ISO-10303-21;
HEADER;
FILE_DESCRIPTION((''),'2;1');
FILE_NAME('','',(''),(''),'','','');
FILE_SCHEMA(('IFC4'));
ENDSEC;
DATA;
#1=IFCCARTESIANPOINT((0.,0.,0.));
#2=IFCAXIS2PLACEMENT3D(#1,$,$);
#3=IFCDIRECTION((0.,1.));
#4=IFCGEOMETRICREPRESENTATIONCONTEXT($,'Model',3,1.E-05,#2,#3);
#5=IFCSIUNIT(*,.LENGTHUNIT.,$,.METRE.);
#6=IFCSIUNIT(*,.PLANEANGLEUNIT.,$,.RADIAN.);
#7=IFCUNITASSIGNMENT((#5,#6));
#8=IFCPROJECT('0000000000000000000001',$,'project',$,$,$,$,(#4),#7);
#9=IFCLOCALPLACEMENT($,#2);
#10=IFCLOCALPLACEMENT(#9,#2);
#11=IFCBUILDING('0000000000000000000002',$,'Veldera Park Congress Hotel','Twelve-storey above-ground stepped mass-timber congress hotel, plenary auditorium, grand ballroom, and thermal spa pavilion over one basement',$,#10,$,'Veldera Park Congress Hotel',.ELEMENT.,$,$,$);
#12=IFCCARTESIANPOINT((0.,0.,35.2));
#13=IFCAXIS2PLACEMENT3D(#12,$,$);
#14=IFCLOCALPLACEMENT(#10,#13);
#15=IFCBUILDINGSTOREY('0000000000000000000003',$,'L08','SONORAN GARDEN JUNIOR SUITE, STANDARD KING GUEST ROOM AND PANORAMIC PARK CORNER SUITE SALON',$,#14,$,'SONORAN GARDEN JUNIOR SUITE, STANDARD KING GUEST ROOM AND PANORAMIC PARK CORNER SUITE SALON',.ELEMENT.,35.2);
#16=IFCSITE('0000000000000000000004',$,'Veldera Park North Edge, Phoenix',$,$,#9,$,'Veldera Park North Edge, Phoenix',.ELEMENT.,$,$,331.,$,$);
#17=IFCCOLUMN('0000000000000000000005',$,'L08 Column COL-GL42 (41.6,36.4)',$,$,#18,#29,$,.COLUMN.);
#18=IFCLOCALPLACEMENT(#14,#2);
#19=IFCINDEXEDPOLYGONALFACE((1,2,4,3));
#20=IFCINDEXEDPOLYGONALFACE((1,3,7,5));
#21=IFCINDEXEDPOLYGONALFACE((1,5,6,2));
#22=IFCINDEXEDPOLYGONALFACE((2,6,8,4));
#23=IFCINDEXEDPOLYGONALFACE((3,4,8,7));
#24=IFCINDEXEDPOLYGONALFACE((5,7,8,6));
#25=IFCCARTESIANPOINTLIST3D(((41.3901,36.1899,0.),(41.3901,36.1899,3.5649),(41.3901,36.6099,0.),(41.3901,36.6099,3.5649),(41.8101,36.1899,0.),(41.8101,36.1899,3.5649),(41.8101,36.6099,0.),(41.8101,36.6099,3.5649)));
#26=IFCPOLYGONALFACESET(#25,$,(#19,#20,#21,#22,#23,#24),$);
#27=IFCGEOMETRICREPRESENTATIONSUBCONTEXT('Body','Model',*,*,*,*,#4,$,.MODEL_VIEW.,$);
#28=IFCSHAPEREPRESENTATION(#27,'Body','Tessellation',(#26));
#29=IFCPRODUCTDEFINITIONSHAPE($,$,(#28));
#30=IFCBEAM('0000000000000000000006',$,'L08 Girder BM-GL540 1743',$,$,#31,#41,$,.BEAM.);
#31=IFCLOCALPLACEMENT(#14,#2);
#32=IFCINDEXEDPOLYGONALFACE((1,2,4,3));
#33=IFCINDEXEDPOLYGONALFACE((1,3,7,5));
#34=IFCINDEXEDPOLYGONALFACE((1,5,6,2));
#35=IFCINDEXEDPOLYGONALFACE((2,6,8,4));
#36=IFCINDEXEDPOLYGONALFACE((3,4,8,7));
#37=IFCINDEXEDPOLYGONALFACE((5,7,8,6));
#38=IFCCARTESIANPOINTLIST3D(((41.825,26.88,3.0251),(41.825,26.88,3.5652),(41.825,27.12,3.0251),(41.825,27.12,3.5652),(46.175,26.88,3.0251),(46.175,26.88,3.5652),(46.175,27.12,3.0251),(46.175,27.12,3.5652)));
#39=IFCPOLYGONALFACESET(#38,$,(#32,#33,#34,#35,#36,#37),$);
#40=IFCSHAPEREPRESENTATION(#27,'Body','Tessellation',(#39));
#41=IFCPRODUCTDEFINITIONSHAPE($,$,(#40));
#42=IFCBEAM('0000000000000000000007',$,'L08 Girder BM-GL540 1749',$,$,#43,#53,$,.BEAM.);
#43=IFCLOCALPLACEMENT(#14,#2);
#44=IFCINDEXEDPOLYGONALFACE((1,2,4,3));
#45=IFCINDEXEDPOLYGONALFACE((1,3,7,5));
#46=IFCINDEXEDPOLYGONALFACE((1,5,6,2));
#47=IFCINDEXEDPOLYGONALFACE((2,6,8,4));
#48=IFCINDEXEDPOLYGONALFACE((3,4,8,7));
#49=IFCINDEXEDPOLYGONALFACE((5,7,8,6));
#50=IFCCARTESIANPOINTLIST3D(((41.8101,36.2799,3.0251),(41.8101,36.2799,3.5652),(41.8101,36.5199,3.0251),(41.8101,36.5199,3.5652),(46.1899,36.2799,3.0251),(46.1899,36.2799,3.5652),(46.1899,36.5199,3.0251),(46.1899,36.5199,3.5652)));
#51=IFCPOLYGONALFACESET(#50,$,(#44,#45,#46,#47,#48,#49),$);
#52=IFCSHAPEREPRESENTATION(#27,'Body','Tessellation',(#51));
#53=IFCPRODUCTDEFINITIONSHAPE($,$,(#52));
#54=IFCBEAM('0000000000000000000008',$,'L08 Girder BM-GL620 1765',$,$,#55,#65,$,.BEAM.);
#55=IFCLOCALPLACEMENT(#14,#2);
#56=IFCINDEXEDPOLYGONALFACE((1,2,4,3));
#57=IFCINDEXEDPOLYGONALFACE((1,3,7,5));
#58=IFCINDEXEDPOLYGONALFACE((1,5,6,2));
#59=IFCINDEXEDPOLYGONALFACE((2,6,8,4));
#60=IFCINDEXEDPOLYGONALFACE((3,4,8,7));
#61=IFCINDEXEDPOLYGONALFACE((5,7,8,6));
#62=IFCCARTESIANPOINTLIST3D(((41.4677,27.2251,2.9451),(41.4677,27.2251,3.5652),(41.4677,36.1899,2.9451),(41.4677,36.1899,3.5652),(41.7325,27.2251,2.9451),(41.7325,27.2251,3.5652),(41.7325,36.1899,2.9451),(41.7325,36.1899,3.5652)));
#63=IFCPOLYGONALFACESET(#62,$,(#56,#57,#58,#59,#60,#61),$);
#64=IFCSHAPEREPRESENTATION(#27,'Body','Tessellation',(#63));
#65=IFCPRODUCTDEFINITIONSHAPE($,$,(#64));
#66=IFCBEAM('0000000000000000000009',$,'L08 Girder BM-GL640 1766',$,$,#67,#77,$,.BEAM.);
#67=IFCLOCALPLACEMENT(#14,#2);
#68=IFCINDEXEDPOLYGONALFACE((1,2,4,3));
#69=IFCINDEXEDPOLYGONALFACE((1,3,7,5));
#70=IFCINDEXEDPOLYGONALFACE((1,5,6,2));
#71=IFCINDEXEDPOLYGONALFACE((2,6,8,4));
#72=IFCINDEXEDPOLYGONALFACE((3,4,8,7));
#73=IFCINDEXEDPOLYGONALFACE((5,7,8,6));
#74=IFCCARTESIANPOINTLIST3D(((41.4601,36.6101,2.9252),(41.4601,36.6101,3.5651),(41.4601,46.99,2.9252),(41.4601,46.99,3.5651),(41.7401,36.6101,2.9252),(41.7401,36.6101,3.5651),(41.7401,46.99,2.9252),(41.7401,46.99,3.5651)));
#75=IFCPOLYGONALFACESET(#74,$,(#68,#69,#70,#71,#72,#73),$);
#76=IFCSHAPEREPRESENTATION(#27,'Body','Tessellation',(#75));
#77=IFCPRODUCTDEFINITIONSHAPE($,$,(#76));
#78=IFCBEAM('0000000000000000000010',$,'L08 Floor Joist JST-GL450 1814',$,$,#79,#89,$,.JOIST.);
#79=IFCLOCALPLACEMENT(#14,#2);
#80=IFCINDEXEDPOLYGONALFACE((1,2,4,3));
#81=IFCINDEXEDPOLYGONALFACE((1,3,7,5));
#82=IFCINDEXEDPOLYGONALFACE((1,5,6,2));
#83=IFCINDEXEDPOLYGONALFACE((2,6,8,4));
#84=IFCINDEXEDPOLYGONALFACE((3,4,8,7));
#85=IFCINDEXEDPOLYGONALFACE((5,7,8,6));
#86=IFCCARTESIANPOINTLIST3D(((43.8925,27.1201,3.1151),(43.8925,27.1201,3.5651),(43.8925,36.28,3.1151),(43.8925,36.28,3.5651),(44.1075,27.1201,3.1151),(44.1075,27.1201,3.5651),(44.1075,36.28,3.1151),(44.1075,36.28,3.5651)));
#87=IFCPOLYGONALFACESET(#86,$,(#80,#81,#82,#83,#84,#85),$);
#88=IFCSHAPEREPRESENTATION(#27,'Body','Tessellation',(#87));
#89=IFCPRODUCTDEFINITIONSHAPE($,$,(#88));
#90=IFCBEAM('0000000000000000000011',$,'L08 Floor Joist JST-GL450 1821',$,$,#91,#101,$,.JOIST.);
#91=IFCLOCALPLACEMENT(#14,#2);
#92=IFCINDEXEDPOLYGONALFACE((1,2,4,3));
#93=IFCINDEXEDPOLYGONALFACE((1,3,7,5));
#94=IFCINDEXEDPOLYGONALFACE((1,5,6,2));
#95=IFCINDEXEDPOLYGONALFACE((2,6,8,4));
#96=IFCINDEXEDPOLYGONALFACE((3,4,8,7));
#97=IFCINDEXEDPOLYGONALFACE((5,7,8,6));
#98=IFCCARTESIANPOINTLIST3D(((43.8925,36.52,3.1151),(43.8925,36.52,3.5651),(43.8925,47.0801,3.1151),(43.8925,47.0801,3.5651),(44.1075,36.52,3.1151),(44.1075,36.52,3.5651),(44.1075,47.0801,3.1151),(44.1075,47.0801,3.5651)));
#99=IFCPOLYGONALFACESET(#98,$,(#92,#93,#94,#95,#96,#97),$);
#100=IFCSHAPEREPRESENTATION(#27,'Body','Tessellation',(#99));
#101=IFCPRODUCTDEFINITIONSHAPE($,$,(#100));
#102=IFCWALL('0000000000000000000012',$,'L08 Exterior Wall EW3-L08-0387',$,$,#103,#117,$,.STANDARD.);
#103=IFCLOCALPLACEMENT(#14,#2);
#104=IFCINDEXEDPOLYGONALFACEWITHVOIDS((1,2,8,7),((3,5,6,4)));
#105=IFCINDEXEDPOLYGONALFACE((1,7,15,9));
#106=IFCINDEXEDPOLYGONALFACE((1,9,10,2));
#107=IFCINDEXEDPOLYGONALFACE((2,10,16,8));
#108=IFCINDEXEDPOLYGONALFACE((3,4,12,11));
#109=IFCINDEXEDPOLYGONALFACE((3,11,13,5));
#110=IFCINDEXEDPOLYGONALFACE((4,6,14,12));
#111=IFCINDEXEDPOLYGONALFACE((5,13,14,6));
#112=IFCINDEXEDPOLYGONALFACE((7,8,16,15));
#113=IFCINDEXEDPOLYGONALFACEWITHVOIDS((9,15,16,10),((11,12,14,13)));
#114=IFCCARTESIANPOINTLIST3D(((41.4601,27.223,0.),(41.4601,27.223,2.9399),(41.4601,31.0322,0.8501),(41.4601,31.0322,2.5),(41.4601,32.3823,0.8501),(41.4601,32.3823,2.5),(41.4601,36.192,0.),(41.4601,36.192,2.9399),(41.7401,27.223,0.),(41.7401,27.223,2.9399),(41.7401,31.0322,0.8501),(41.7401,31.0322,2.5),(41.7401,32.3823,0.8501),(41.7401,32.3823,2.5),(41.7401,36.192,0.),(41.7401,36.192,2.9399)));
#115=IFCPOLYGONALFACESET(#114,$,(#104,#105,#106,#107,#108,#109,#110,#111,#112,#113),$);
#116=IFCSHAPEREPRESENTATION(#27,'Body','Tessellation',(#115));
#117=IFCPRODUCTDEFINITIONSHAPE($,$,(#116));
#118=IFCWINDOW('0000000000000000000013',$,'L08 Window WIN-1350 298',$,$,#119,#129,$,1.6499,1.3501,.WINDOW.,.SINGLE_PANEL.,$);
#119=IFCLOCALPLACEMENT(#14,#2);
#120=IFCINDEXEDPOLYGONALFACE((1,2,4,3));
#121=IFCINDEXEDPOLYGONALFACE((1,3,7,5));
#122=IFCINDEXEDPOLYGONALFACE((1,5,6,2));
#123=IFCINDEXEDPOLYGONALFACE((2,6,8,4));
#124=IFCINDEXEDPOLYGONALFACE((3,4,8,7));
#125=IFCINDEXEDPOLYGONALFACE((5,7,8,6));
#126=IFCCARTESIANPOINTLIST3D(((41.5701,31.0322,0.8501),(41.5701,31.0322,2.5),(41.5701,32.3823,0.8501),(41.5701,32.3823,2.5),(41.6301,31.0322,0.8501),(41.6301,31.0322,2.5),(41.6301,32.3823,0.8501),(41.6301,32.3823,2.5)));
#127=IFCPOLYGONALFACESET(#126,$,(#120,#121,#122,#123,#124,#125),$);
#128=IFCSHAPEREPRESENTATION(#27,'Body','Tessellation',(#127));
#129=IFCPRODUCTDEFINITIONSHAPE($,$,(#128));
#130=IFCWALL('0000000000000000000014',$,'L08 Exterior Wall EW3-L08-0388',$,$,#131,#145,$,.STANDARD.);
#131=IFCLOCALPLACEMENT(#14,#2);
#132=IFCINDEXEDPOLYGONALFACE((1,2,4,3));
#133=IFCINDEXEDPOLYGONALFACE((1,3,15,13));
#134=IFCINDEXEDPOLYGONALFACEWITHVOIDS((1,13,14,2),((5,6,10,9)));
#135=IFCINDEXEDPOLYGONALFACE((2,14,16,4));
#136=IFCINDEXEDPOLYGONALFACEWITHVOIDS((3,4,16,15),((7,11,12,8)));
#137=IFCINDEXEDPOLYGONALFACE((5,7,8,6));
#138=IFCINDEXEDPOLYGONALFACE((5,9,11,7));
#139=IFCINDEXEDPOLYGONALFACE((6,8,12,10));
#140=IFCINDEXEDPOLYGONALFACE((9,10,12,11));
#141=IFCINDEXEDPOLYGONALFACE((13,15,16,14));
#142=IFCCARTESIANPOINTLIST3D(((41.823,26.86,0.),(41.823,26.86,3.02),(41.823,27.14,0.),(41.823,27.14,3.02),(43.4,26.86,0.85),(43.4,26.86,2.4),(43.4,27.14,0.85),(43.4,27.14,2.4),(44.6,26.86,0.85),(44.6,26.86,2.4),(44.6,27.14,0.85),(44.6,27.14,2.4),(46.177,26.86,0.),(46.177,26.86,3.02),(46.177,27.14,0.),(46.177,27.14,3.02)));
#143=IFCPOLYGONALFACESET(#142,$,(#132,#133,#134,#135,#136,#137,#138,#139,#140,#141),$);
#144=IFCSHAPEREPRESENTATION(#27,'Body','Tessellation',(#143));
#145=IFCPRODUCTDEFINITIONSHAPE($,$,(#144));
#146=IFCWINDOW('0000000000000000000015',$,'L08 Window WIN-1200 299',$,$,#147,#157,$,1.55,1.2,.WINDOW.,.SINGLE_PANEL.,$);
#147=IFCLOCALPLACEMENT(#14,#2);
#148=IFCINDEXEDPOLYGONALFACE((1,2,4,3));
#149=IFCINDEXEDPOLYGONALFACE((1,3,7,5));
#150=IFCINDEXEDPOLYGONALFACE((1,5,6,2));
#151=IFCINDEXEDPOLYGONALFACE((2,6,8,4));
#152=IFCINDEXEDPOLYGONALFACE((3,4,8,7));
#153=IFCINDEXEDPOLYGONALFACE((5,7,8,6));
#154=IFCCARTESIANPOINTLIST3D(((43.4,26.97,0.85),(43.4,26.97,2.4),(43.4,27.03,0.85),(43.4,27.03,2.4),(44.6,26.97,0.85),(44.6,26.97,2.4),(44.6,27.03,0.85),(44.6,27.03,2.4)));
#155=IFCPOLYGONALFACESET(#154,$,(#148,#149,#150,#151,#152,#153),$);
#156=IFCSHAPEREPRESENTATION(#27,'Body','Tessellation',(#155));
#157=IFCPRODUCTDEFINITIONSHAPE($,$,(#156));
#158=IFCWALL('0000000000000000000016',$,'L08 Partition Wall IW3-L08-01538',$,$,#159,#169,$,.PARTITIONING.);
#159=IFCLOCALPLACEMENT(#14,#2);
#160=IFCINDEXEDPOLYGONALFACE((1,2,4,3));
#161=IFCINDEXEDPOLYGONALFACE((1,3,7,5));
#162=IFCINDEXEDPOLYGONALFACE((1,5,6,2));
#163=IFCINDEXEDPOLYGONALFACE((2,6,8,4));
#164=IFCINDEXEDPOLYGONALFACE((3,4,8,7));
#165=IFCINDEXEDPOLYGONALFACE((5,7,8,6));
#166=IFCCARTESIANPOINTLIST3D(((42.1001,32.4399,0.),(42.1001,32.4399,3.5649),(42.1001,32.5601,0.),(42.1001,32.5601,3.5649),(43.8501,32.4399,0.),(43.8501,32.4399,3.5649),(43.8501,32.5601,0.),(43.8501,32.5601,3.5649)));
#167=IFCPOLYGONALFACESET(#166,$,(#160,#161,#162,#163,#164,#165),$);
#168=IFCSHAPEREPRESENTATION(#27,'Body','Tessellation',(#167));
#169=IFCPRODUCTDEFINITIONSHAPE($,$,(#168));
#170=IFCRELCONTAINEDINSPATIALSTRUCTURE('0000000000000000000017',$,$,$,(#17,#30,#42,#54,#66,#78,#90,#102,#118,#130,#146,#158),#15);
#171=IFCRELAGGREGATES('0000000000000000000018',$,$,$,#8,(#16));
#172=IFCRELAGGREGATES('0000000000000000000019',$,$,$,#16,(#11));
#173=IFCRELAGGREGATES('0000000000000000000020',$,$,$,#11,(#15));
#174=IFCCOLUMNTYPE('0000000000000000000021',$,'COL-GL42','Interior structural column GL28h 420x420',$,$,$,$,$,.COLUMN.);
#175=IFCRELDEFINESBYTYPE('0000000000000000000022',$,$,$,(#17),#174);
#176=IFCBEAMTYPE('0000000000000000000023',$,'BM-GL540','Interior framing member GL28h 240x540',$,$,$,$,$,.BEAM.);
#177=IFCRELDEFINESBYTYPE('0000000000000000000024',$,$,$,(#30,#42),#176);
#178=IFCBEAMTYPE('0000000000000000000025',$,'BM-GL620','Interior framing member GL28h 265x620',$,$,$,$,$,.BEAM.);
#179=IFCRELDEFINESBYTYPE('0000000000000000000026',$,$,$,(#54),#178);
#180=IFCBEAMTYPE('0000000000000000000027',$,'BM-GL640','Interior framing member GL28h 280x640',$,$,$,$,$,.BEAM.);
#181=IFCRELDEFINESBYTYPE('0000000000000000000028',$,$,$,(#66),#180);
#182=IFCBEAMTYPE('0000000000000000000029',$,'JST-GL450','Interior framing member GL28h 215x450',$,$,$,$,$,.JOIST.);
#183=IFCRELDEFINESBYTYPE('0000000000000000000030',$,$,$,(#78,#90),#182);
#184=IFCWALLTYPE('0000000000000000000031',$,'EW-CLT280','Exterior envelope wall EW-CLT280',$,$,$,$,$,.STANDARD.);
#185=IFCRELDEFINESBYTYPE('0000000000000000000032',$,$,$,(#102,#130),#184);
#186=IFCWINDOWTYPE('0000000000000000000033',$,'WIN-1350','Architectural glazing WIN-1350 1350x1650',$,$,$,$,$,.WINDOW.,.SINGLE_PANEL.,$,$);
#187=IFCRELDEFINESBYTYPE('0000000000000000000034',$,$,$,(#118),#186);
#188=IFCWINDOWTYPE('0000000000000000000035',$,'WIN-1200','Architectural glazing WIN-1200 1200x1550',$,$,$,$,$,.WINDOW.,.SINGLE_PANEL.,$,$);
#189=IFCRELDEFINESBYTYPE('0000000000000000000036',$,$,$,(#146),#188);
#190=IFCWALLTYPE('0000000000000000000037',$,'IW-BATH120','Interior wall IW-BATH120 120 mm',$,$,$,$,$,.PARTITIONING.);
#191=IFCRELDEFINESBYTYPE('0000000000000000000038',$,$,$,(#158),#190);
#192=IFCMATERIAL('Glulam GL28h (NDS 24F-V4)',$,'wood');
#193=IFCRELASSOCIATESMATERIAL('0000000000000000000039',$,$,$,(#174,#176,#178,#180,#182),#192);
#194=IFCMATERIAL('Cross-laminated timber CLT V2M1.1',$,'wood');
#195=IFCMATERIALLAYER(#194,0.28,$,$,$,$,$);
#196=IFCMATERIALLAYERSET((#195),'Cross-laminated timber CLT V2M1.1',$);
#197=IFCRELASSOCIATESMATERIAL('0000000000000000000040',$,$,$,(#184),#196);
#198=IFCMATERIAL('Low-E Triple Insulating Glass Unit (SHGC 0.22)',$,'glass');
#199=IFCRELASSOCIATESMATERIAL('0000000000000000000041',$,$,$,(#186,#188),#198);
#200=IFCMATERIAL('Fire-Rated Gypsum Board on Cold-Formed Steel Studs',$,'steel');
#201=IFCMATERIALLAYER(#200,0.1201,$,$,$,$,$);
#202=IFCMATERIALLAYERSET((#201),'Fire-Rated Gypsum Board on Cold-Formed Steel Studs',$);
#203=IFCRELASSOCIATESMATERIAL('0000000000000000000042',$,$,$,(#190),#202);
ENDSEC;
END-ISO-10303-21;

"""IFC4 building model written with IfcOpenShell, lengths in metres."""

from ifc_helpers import new_model, si_unit, direction, frame, frame_2d, origin, origin_2d, place, context, subcontext, project, spatial, rectangle, extrude, material, layer, layer_set, material_profile, profile_set, type_object, element, fill, save


model = new_model("IFC4")

# Units and contexts
model_context = context("Model", 3, precision=1e-05, world=origin(), true_north=direction((0.0, 1.0)))
body_context = subcontext(model_context, "Body", "Model", "MODEL_VIEW")
ifc_project = project(units=[si_unit("LENGTHUNIT", "METRE"), si_unit("PLANEANGLEUNIT", "RADIAN")], contexts=[model_context])

# Site, building, storey
site_placement = place(None, origin())
site = spatial("IfcSite", under=ifc_project, at=site_placement, Name="Veldera Park North Edge, Phoenix", LongName="Veldera Park North Edge, Phoenix", CompositionType="ELEMENT", RefElevation=331.0)
building_placement = place(site_placement, origin())
building = spatial("IfcBuilding", under=site, at=building_placement, Name="Veldera Park Congress Hotel", Description="Twelve-storey above-ground stepped mass-timber congress hotel, plenary auditorium, grand ballroom, and thermal spa pavilion over one basement", LongName="Veldera Park Congress Hotel", CompositionType="ELEMENT")
storey_placement = place(building_placement, frame((0.0, 0.0, 35.2)))
storey = spatial("IfcBuildingStorey", under=building, at=storey_placement, Name="L08", Description="SONORAN GARDEN JUNIOR SUITE, STANDARD KING GUEST ROOM AND PANORAMIC PARK CORNER SUITE SALON", LongName="SONORAN GARDEN JUNIOR SUITE, STANDARD KING GUEST ROOM AND PANORAMIC PARK CORNER SUITE SALON", CompositionType="ELEMENT", Elevation=35.2)

# Column
ifc_material_1 = material(Name="Glulam GL28h (NDS 24F-V4)", Category="wood")
ifc_material_profile_1 = material_profile(ifc_material_1, rectangle(XDim=0.4199, YDim=0.4199, at=origin_2d()), Name="GL28h 420x420")
ifc_profile_set_1 = profile_set([ifc_material_profile_1], Name="Glulam GL28h (NDS 24F-V4)")
column_type = type_object("IfcColumnType", Name="COL-GL42", Description="Interior structural column GL28h 420x420", PredefinedType="COLUMN", material=ifc_profile_set_1)
column_placement = place(storey_placement, frame((41.6001, 36.3999, 0.0), z_axis=(0.0, 0.0, 1.0), x_axis=(1.0, 0.0, 0.0)))
element("IfcColumn", 1, at=column_placement, inside=storey, type_object=column_type, Name="L08 Column COL-GL42 (41.6,36.4)", PredefinedType="COLUMN", context=body_context, shape_type="SweptSolid", body=[
    extrude(rectangle(XDim=0.4199, YDim=0.4199, at=origin_2d()), origin(), (0.0, 0.0, 1.0), 3.5649),
])

# Beams
ifc_material_profile_2 = material_profile(ifc_material_1, rectangle(XDim=0.24, YDim=0.54, at=origin_2d()), Name="GL28h 240x540")
ifc_profile_set_2 = profile_set([ifc_material_profile_2], Name="Glulam GL28h (NDS 24F-V4)")
beam_type_1 = type_object("IfcBeamType", Name="BM-GL540", Description="Interior framing member GL28h 240x540", PredefinedType="BEAM", material=ifc_profile_set_2)
beam_1_placement = place(storey_placement, frame((41.825, 27.0, 3.2952), z_axis=(1.0, 0.0, 0.0), x_axis=(0.0, 1.0, 0.0)))
element("IfcBeam", 2, at=beam_1_placement, inside=storey, type_object=beam_type_1, Name="L08 Girder BM-GL540 1743", PredefinedType="BEAM", context=body_context, shape_type="SweptSolid", body=[
    extrude(rectangle(XDim=0.24, YDim=0.54, at=origin_2d()), origin(), (0.0, 0.0, 1.0), 4.3501),
])
beam_2_placement = place(storey_placement, frame((41.8101, 36.3999, 3.2952), z_axis=(1.0, 0.0, 0.0), x_axis=(0.0, 1.0, 0.0)))
element("IfcBeam", 3, at=beam_2_placement, inside=storey, type_object=beam_type_1, Name="L08 Girder BM-GL540 1749", PredefinedType="BEAM", context=body_context, shape_type="SweptSolid", body=[
    extrude(rectangle(XDim=0.24, YDim=0.54, at=origin_2d()), origin(), (0.0, 0.0, 1.0), 4.3799),
])
ifc_material_profile_3 = material_profile(ifc_material_1, rectangle(XDim=0.2649, YDim=0.6201, at=origin_2d()), Name="GL28h 265x620")
ifc_profile_set_3 = profile_set([ifc_material_profile_3], Name="Glulam GL28h (NDS 24F-V4)")
beam_type_2 = type_object("IfcBeamType", Name="BM-GL620", Description="Interior framing member GL28h 265x620", PredefinedType="BEAM", material=ifc_profile_set_3)
beam_3_placement = place(storey_placement, frame((41.6001, 27.2251, 3.2551), z_axis=(0.0, 1.0, 0.0), x_axis=(-1.0, 0.0, 0.0)))
element("IfcBeam", 4, at=beam_3_placement, inside=storey, type_object=beam_type_2, Name="L08 Girder BM-GL620 1765", PredefinedType="BEAM", context=body_context, shape_type="SweptSolid", body=[
    extrude(rectangle(XDim=0.2649, YDim=0.6201, at=origin_2d()), origin(), (0.0, 0.0, 1.0), 8.9648),
])
ifc_material_profile_4 = material_profile(ifc_material_1, rectangle(XDim=0.28, YDim=0.6399, at=origin_2d()), Name="GL28h 280x640")
ifc_profile_set_4 = profile_set([ifc_material_profile_4], Name="Glulam GL28h (NDS 24F-V4)")
beam_type_3 = type_object("IfcBeamType", Name="BM-GL640", Description="Interior framing member GL28h 280x640", PredefinedType="BEAM", material=ifc_profile_set_4)
beam_4_placement = place(storey_placement, frame((41.6001, 36.6101, 3.2451), z_axis=(0.0, 1.0, 0.0), x_axis=(-1.0, 0.0, 0.0)))
element("IfcBeam", 5, at=beam_4_placement, inside=storey, type_object=beam_type_3, Name="L08 Girder BM-GL640 1766", PredefinedType="BEAM", context=body_context, shape_type="SweptSolid", body=[
    extrude(rectangle(XDim=0.28, YDim=0.6399, at=origin_2d()), origin(), (0.0, 0.0, 1.0), 10.3799),
])
ifc_material_profile_5 = material_profile(ifc_material_1, rectangle(XDim=0.2151, YDim=0.45, at=origin_2d()), Name="GL28h 215x450")
ifc_profile_set_5 = profile_set([ifc_material_profile_5], Name="Glulam GL28h (NDS 24F-V4)")
beam_type_4 = type_object("IfcBeamType", Name="JST-GL450", Description="Interior framing member GL28h 215x450", PredefinedType="JOIST", material=ifc_profile_set_5)
beam_5_placement = place(storey_placement, frame((44.0, 27.1201, 3.3401), z_axis=(0.0, 1.0, 0.0), x_axis=(-1.0, 0.0, 0.0)))
element("IfcBeam", 6, at=beam_5_placement, inside=storey, type_object=beam_type_4, Name="L08 Floor Joist JST-GL450 1814", PredefinedType="JOIST", context=body_context, shape_type="SweptSolid", body=[
    extrude(rectangle(XDim=0.2151, YDim=0.45, at=origin_2d()), origin(), (0.0, 0.0, 1.0), 9.1599),
])
beam_6_placement = place(storey_placement, frame((44.0, 36.52, 3.3401), z_axis=(0.0, 1.0, 0.0), x_axis=(-1.0, 0.0, 0.0)))
element("IfcBeam", 7, at=beam_6_placement, inside=storey, type_object=beam_type_4, Name="L08 Floor Joist JST-GL450 1821", PredefinedType="JOIST", context=body_context, shape_type="SweptSolid", body=[
    extrude(rectangle(XDim=0.2151, YDim=0.45, at=origin_2d()), origin(), (0.0, 0.0, 1.0), 10.5601),
])

# Walls, openings, windows
ifc_material_2 = material(Name="Cross-laminated timber CLT V2M1.1", Category="wood")
ifc_layer_1 = layer(ifc_material_2, 0.28)
ifc_layer_set_1 = layer_set([ifc_layer_1], Name="Cross-laminated timber CLT V2M1.1")
wall_type_1 = type_object("IfcWallType", Name="EW-CLT280", Description="Exterior envelope wall EW-CLT280", PredefinedType="STANDARD", material=ifc_layer_set_1)
wall_1_placement = place(storey_placement, frame((41.6001, 36.1919, 0.0), z_axis=(0.0, 0.0, 1.0), x_axis=(0.0, -1.0, 0.0)))
wall_1 = element("IfcWall", 8, at=wall_1_placement, inside=storey, type_object=wall_type_1, Name="L08 Exterior Wall EW3-L08-0387", PredefinedType="STANDARD", context=body_context, shape_type="SweptSolid", body=[
    extrude(rectangle(XDim=8.969, YDim=0.28, at=frame_2d((4.4844, 0.0))), origin(), (0.0, 0.0, 1.0), 2.9399),
])
opening_1_placement = place(wall_1_placement, frame((3.8096, 0.0, 0.8501)))
opening_1 = element("IfcOpeningElement", 9, at=opening_1_placement, cuts=wall_1, PredefinedType="OPENING", context=body_context, shape_type="SweptSolid", body=[
    extrude(rectangle(XDim=1.3501, YDim=1.6499, at=frame_2d((0.675, 0.825))), frame((0.0, 0.1521, 0.0), z_axis=(0.0, -1.0, 0.0), x_axis=(1.0, 0.0, 0.0)), (0.0, 0.0, 1.0), 0.304),
])
ifc_material_3 = material(Name="Low-E Triple Insulating Glass Unit (SHGC 0.22)", Category="glass")
window_type_1 = type_object("IfcWindowType", Name="WIN-1350", Description="Architectural glazing WIN-1350 1350x1650", PartitioningType="SINGLE_PANEL", PredefinedType="WINDOW", material=ifc_material_3)
window_1_placement = place(opening_1_placement, origin())
window_1 = element("IfcWindow", 10, at=window_1_placement, inside=storey, type_object=window_type_1, Name="L08 Window WIN-1350 298", OverallHeight=1.6499, OverallWidth=1.3501, PartitioningType="SINGLE_PANEL", PredefinedType="WINDOW", context=body_context, shape_type="SweptSolid", body=[
    extrude(rectangle(XDim=1.3501, YDim=1.6499, at=frame_2d((0.675, 0.825))), frame((0.0, 0.03, 0.0), z_axis=(0.0, -1.0, 0.0), x_axis=(1.0, 0.0, 0.0)), (0.0, 0.0, 1.0), 0.0601),
])
fill(opening_1, window_1)
wall_2_placement = place(storey_placement, frame((41.823, 27.0, 0.0), z_axis=(0.0, 0.0, 1.0), x_axis=(1.0, 0.0, 0.0)))
wall_2 = element("IfcWall", 11, at=wall_2_placement, inside=storey, type_object=wall_type_1, Name="L08 Exterior Wall EW3-L08-0388", PredefinedType="STANDARD", context=body_context, shape_type="SweptSolid", body=[
    extrude(rectangle(XDim=4.354, YDim=0.28, at=frame_2d((2.177, 0.0))), origin(), (0.0, 0.0, 1.0), 3.02),
])
opening_2_placement = place(wall_2_placement, frame((1.5769, 0.0, 0.8501)))
opening_2 = element("IfcOpeningElement", 12, at=opening_2_placement, cuts=wall_2, PredefinedType="OPENING", context=body_context, shape_type="SweptSolid", body=[
    extrude(rectangle(XDim=1.2, YDim=1.55, at=frame_2d((0.6001, 0.7749))), frame((0.0, 0.1521, 0.0), z_axis=(0.0, -1.0, 0.0), x_axis=(1.0, 0.0, 0.0)), (0.0, 0.0, 1.0), 0.304),
])
window_type_2 = type_object("IfcWindowType", Name="WIN-1200", Description="Architectural glazing WIN-1200 1200x1550", PartitioningType="SINGLE_PANEL", PredefinedType="WINDOW", material=ifc_material_3)
window_2_placement = place(opening_2_placement, origin())
window_2 = element("IfcWindow", 13, at=window_2_placement, inside=storey, type_object=window_type_2, Name="L08 Window WIN-1200 299", OverallHeight=1.55, OverallWidth=1.2, PartitioningType="SINGLE_PANEL", PredefinedType="WINDOW", context=body_context, shape_type="SweptSolid", body=[
    extrude(rectangle(XDim=1.2, YDim=1.55, at=frame_2d((0.6001, 0.7749))), frame((0.0, 0.03, 0.0), z_axis=(0.0, -1.0, 0.0), x_axis=(1.0, 0.0, 0.0)), (0.0, 0.0, 1.0), 0.0601),
])
fill(opening_2, window_2)

# Wall
ifc_material_4 = material(Name="Fire-Rated Gypsum Board on Cold-Formed Steel Studs", Category="steel")
ifc_layer_2 = layer(ifc_material_4, 0.1201)
ifc_layer_set_2 = layer_set([ifc_layer_2], Name="Fire-Rated Gypsum Board on Cold-Formed Steel Studs")
wall_type_2 = type_object("IfcWallType", Name="IW-BATH120", Description="Interior wall IW-BATH120 120 mm", PredefinedType="PARTITIONING", material=ifc_layer_set_2)
wall_3_placement = place(storey_placement, frame((42.1001, 32.5, 0.0), z_axis=(0.0, 0.0, 1.0), x_axis=(1.0, 0.0, 0.0)))
element("IfcWall", 14, at=wall_3_placement, inside=storey, type_object=wall_type_2, Name="L08 Partition Wall IW3-L08-01538", PredefinedType="PARTITIONING", context=body_context, shape_type="SweptSolid", body=[
    extrude(rectangle(XDim=1.75, YDim=0.1201, at=frame_2d((0.875, 0.0))), origin(), (0.0, 0.0, 1.0), 3.5649),
])

save(model, "model.ifc")
